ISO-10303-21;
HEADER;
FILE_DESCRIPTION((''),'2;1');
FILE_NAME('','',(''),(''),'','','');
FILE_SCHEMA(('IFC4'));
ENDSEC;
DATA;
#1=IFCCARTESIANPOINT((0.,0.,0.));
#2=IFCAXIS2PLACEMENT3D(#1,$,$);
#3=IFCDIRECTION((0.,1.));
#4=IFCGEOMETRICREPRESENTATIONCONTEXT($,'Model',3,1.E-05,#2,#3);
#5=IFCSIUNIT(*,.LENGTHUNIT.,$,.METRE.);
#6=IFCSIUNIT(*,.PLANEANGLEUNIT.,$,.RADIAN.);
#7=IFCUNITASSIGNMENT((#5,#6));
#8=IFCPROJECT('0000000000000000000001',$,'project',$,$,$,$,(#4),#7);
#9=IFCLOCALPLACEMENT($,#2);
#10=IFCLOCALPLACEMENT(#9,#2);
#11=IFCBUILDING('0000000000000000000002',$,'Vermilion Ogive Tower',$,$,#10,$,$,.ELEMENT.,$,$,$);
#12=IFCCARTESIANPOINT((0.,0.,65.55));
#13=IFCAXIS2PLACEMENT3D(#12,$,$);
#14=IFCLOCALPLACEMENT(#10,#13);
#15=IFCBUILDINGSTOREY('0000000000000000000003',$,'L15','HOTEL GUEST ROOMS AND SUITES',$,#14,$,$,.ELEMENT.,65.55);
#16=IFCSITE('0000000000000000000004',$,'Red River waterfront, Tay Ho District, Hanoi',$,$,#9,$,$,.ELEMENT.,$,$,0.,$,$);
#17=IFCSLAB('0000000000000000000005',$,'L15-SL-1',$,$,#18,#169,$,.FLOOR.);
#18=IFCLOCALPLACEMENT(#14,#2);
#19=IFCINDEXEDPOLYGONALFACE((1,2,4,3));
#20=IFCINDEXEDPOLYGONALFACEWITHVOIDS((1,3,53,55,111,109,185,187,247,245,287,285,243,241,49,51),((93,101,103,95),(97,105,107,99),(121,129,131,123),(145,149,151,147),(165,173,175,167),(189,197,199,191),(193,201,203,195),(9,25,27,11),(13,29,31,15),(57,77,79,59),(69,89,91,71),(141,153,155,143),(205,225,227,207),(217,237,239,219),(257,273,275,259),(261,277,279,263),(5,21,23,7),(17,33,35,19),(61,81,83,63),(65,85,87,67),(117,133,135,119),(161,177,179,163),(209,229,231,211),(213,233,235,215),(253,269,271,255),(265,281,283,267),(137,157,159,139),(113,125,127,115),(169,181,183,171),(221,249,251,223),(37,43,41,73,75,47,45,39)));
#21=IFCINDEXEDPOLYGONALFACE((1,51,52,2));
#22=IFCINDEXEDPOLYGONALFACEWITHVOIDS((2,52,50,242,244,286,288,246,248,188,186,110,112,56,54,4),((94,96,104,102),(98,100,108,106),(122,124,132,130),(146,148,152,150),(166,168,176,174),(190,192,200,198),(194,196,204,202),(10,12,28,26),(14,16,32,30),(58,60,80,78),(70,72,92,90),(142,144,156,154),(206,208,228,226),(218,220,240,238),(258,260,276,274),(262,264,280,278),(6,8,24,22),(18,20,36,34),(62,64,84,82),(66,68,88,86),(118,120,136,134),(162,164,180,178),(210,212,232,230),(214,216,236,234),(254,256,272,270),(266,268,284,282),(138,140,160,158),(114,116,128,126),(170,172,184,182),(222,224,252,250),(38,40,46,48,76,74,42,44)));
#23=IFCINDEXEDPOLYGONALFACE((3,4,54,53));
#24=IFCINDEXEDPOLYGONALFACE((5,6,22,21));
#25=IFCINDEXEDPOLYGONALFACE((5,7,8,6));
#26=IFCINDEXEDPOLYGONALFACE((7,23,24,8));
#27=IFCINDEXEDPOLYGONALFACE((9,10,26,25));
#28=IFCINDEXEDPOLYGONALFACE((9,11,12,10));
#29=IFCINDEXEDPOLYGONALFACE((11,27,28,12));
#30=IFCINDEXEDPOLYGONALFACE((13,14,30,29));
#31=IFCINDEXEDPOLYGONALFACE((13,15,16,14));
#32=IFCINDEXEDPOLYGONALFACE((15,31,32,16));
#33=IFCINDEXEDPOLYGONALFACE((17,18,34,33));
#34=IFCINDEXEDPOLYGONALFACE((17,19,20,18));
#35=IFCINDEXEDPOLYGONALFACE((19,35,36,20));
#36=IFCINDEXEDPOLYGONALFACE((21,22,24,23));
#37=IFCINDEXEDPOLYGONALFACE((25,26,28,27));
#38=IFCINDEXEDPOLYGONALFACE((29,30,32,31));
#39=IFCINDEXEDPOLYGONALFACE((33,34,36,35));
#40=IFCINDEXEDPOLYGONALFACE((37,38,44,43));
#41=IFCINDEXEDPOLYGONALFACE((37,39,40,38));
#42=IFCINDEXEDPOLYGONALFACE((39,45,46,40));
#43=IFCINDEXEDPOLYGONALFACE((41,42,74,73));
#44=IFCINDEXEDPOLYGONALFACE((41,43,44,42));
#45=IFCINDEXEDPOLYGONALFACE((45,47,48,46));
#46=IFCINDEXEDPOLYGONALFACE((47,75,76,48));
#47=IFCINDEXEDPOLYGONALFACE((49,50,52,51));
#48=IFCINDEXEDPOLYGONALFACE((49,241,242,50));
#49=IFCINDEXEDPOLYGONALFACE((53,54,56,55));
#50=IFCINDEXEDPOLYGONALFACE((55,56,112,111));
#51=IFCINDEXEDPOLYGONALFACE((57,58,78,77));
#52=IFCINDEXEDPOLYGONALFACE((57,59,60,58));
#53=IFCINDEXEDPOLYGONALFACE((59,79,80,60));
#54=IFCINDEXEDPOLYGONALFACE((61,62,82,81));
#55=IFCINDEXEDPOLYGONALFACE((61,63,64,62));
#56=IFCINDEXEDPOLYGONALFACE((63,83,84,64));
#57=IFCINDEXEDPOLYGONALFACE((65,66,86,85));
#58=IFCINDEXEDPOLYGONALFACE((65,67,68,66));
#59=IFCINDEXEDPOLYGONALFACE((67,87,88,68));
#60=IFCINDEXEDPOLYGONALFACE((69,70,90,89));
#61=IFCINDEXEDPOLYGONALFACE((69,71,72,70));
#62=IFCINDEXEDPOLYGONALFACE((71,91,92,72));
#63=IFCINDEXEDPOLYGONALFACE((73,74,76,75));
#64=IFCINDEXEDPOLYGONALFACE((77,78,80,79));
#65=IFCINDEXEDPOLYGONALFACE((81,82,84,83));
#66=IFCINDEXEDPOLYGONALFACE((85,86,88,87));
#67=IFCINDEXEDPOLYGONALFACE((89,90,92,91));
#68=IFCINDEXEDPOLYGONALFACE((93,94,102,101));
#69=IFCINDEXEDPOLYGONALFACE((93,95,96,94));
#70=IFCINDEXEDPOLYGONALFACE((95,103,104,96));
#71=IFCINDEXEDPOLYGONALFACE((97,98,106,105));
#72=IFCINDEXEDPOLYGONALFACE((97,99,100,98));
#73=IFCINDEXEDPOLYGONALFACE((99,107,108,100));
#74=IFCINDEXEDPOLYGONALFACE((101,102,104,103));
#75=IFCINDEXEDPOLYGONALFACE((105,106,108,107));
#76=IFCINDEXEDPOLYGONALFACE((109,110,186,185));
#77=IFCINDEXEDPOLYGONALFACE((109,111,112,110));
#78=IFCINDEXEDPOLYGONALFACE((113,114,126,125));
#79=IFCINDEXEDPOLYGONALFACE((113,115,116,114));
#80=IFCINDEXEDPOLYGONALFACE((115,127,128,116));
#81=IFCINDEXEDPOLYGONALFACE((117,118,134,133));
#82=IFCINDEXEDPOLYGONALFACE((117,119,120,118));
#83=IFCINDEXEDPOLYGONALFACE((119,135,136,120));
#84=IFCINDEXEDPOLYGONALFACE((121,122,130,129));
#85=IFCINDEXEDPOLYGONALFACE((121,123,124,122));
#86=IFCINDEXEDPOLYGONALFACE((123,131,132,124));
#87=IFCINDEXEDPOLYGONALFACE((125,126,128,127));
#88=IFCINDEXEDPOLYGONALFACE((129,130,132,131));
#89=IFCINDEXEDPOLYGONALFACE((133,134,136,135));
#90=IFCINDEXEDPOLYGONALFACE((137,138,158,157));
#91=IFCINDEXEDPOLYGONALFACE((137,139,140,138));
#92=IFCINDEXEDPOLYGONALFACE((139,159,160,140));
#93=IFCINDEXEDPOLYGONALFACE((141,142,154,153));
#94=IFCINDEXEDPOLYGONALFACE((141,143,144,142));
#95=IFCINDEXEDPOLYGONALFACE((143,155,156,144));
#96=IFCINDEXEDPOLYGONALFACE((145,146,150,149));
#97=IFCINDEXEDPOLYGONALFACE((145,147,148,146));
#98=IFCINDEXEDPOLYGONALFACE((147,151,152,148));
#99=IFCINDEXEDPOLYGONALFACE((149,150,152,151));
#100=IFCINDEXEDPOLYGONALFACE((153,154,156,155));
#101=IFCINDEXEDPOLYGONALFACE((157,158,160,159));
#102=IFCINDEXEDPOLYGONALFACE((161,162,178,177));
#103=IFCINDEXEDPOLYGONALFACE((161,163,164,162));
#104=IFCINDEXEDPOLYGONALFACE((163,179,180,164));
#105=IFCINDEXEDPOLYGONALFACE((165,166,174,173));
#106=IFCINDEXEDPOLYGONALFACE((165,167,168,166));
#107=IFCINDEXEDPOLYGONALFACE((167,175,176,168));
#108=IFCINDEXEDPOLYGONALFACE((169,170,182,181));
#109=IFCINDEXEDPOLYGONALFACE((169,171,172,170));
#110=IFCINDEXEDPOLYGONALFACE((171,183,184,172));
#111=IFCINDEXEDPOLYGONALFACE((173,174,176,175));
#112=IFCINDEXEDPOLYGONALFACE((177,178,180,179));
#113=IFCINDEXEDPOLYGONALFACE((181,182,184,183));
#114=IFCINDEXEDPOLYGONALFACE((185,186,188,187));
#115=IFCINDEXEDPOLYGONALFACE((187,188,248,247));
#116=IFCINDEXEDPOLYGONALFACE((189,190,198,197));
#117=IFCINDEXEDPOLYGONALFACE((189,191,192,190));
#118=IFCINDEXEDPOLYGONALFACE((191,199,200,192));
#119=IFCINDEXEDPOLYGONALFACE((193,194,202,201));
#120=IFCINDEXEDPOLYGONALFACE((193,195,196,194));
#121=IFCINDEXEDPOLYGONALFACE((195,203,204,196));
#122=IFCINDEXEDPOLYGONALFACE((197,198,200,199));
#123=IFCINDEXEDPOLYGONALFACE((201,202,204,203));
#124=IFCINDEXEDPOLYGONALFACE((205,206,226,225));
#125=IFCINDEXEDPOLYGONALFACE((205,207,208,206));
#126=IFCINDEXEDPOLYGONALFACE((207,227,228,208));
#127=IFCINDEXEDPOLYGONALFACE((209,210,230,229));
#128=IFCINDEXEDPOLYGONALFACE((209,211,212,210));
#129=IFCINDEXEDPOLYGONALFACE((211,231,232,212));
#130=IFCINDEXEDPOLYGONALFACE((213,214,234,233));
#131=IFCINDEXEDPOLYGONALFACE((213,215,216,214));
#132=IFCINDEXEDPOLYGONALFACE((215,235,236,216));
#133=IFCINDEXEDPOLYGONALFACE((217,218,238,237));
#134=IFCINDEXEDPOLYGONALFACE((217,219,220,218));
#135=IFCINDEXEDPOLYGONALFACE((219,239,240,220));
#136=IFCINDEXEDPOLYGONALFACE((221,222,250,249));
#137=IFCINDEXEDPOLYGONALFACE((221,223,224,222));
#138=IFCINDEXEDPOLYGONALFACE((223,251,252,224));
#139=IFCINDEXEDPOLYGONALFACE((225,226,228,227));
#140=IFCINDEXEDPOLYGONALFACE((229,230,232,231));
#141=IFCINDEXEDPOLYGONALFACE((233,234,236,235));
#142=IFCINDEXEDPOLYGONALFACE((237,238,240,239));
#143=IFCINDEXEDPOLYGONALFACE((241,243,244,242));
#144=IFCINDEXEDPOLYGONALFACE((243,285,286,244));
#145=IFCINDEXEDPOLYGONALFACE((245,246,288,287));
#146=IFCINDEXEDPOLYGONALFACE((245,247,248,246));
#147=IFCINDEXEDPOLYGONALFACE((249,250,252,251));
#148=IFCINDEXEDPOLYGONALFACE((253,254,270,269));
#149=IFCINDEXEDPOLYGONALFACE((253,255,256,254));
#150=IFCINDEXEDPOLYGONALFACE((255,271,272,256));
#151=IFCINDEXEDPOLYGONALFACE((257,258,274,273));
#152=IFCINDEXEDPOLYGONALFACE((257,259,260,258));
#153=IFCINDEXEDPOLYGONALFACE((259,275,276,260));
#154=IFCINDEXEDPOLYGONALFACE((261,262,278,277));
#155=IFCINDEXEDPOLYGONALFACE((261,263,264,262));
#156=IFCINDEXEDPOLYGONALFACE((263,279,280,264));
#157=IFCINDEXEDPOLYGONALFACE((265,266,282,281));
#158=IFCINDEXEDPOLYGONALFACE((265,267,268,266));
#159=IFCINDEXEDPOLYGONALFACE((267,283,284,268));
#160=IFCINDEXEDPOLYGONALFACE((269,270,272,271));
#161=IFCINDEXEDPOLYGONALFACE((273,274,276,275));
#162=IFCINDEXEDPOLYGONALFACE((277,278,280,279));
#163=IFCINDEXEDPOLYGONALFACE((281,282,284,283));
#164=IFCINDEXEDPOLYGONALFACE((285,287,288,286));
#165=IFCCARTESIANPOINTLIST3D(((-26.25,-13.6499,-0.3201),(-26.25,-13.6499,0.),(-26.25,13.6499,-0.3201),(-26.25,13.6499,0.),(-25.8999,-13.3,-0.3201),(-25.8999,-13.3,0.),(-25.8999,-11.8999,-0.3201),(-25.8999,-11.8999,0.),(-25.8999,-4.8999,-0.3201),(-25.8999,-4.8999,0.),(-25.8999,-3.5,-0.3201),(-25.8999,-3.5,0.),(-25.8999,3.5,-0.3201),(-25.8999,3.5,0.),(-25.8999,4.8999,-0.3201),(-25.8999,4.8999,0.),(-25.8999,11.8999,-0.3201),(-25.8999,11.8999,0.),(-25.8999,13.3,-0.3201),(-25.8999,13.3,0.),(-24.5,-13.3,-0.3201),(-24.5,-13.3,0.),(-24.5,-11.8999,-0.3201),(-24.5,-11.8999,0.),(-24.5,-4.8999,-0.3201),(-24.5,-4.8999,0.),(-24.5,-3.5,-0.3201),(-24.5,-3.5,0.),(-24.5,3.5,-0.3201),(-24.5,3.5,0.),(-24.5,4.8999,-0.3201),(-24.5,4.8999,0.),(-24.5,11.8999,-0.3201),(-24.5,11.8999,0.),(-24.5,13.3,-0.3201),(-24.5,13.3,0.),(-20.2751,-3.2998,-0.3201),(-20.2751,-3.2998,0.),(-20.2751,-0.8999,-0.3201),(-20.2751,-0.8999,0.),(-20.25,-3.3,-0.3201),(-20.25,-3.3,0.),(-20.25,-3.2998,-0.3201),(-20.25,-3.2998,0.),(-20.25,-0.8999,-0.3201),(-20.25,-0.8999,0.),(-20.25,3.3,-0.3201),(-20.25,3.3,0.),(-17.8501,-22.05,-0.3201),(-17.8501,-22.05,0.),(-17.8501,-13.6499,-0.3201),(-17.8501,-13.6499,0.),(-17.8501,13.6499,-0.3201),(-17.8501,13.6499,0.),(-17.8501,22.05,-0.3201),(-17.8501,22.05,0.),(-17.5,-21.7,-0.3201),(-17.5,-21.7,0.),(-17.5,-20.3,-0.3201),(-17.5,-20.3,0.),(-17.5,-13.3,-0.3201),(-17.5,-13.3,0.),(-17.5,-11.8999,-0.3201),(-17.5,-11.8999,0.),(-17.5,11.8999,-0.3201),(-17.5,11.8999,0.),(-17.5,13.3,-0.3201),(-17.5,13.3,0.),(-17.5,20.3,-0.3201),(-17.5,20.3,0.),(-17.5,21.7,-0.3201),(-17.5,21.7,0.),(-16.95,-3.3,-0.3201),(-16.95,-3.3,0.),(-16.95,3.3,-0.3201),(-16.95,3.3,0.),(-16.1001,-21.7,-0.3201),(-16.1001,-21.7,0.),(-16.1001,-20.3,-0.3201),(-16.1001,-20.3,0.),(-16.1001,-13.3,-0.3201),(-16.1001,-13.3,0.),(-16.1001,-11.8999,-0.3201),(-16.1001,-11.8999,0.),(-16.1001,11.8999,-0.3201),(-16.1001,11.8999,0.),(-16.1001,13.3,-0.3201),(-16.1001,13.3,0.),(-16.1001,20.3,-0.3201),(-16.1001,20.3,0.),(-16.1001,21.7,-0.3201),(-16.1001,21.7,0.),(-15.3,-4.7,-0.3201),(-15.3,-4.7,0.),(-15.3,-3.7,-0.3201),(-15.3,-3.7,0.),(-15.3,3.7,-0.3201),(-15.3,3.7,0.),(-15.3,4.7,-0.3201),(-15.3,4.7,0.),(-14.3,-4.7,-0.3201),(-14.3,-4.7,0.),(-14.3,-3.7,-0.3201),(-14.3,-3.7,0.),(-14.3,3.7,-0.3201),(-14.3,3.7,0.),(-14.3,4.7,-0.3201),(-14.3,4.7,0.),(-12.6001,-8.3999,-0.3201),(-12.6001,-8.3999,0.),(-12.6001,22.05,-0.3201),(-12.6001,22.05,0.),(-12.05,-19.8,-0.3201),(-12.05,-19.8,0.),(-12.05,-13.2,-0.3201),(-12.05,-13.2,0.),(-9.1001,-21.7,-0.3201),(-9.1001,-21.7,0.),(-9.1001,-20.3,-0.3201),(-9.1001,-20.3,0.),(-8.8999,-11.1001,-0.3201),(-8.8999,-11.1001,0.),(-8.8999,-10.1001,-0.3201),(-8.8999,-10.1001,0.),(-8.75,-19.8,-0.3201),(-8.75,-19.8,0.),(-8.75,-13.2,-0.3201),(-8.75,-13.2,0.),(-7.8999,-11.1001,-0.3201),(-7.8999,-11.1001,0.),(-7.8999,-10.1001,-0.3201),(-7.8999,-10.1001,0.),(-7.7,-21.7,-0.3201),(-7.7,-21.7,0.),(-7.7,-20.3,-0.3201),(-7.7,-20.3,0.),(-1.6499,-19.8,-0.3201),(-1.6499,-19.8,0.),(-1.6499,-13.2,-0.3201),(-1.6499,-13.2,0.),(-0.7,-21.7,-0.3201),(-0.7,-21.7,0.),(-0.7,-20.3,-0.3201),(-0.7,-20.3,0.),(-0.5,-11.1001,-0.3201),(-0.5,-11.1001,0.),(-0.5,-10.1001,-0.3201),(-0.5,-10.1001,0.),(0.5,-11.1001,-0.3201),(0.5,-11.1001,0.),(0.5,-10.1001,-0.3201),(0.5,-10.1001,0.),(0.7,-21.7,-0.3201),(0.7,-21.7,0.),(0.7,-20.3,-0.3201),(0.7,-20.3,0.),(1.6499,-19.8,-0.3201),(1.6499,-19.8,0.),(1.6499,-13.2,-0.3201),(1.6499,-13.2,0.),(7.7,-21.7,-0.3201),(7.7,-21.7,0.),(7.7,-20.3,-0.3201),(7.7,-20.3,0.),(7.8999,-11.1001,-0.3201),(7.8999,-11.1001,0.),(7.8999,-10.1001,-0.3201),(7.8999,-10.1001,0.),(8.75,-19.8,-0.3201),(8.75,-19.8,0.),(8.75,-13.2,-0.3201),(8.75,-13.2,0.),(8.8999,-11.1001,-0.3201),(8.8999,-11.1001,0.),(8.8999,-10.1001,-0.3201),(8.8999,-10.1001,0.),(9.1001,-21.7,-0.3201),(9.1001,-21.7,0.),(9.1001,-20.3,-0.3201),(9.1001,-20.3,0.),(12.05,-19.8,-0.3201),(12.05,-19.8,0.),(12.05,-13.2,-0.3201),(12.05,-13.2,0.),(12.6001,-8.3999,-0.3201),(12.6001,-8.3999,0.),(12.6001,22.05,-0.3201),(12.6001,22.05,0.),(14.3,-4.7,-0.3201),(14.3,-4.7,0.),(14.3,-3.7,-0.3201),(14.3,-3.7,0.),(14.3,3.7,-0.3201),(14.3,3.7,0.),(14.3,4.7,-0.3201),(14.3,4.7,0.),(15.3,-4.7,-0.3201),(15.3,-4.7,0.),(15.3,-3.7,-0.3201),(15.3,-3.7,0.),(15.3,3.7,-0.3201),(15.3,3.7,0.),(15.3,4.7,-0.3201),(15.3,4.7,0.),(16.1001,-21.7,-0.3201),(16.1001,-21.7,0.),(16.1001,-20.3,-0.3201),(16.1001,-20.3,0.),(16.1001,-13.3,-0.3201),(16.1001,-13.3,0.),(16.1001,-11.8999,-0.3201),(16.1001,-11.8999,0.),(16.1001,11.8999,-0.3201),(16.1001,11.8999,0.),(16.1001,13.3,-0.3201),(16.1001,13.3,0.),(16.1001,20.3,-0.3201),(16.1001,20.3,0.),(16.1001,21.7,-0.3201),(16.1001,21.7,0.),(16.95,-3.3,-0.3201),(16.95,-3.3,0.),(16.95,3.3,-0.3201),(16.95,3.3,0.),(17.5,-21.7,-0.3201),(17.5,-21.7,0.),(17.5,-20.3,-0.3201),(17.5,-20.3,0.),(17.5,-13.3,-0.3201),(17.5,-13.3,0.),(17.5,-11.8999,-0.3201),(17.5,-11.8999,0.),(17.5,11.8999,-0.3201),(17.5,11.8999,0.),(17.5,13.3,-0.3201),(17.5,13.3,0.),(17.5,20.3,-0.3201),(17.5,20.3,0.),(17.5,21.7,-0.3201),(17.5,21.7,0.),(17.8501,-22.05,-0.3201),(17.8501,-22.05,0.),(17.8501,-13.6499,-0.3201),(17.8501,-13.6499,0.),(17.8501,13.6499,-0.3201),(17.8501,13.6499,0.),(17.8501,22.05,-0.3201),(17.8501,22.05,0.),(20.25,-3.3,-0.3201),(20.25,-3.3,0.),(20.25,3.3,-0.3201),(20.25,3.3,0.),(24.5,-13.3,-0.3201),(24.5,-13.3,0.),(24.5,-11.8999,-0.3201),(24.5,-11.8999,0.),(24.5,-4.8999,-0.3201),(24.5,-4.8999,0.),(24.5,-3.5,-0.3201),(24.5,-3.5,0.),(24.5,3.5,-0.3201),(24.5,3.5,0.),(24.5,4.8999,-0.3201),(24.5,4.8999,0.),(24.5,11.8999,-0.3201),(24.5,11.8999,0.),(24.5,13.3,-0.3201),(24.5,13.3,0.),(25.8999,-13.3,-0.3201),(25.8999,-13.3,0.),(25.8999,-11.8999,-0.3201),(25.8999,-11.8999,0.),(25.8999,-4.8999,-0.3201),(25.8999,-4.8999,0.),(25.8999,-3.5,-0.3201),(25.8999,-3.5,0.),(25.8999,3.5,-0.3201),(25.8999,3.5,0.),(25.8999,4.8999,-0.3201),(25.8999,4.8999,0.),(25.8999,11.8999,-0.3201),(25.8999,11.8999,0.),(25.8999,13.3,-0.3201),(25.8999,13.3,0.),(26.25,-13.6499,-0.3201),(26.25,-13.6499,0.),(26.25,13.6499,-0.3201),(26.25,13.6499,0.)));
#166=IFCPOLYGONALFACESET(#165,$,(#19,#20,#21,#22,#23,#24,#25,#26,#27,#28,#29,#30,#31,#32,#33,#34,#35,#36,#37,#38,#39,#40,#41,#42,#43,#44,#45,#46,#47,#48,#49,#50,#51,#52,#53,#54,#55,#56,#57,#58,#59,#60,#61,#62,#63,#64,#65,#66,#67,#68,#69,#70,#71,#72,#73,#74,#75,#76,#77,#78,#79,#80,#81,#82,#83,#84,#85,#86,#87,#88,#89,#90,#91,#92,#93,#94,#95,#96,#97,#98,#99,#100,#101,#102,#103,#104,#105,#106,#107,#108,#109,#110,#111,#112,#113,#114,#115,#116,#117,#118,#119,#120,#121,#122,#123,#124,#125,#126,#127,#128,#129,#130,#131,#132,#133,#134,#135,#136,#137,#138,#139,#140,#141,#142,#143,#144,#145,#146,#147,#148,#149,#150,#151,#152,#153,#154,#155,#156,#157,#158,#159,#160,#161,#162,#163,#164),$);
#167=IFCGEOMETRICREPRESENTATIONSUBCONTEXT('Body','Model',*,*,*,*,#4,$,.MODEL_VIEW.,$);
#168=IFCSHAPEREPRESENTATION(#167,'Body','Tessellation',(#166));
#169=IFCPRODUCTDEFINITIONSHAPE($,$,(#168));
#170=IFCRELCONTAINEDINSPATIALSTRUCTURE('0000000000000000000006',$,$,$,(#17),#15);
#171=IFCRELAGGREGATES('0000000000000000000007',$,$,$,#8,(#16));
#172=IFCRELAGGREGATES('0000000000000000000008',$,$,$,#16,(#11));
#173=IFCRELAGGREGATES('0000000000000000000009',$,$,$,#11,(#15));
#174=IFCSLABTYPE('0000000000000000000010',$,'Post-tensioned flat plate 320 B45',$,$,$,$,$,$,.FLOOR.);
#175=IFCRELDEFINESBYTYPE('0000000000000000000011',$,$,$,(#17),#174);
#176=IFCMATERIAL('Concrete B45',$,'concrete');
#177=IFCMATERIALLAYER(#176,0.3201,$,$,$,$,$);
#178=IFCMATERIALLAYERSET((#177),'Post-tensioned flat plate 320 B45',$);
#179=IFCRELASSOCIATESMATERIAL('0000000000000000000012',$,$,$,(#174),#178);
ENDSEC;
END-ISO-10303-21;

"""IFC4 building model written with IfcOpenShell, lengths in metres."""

from ifc_helpers import new_model, si_unit, direction, frame, origin, place, context, subcontext, project, spatial, polyline, outline, extrude, material, layer, layer_set, type_object, element, save


model = new_model("IFC4")

# Units and contexts
model_context = context("Model", 3, precision=1e-05, world=origin(), true_north=direction((0.0, 1.0)))
body_context = subcontext(model_context, "Body", "Model", "MODEL_VIEW")
ifc_project = project(units=[si_unit("LENGTHUNIT", "METRE"), si_unit("PLANEANGLEUNIT", "RADIAN")], contexts=[model_context])

# Site, building, storey
site_placement = place(None, origin())
site = spatial("IfcSite", under=ifc_project, at=site_placement, Name="Red River waterfront, Tay Ho District, Hanoi", CompositionType="ELEMENT", RefElevation=0.0)
building_placement = place(site_placement, origin())
building = spatial("IfcBuilding", under=site, at=building_placement, Name="Vermilion Ogive Tower", CompositionType="ELEMENT")
storey_placement = place(building_placement, frame((0.0, 0.0, 65.55)))
storey = spatial("IfcBuildingStorey", under=building, at=storey_placement, Name="L15", Description="HOTEL GUEST ROOMS AND SUITES", CompositionType="ELEMENT", Elevation=65.55)

# Slab
ifc_material_1 = material(Name="Concrete B45", Category="concrete")
ifc_layer_1 = layer(ifc_material_1, 0.3201)
ifc_layer_set_1 = layer_set([ifc_layer_1], Name="Post-tensioned flat plate 320 B45")
slab_type_1 = type_object("IfcSlabType", Name="Post-tensioned flat plate 320 B45", PredefinedType="FLOOR", material=ifc_layer_set_1)
slab_1_placement = place(storey_placement, frame((0.0, 0.0, -0.3201)))
element("IfcSlab", 1, at=slab_1_placement, inside=storey, type_object=slab_type_1, Name="L15-SL-1", PredefinedType="FLOOR", context=body_context, shape_type="SweptSolid", body=[
    extrude(outline(polyline([(-26.25, -13.6499), (-17.8501, -13.6499), (-17.8501, -22.05), (17.8501, -22.05), (17.8501, -13.6499), (26.25, -13.6499), (26.25, 13.6499), (17.8501, 13.6499), (17.8501, 22.05), (12.6001, 22.05), (12.6001, -8.3999), (-12.6001, -8.3999), (-12.6001, 22.05), (-17.8501, 22.05), (-17.8501, 13.6499), (-26.25, 13.6499), (-26.25, -13.6499)]), holes=[polyline([(25.8999, -3.5), (25.8999, -4.8999), (24.5, -4.8999), (24.5, -3.5), (25.8999, -3.5)]), polyline([(25.8999, -11.8999), (25.8999, -13.3), (24.5, -13.3), (24.5, -11.8999), (25.8999, -11.8999)]), polyline([(25.8999, 11.8999), (24.5, 11.8999), (24.5, 13.3), (25.8999, 13.3), (25.8999, 11.8999)]), polyline([(25.8999, 3.5), (24.5, 3.5), (24.5, 4.8999), (25.8999, 4.8999), (25.8999, 3.5)]), polyline([(20.25, 3.3), (20.25, -3.3), (16.95, -3.3), (16.95, 3.3), (20.25, 3.3)]), polyline([(17.5, -11.8999), (17.5, -13.3), (16.1001, -13.3), (16.1001, -11.8999), (17.5, -11.8999)]), polyline([(17.5, 20.3), (16.1001, 20.3), (16.1001, 21.7), (17.5, 21.7), (17.5, 20.3)]), polyline([(17.5, -20.3), (17.5, -21.7), (16.1001, -21.7), (16.1001, -20.3), (17.5, -20.3)]), polyline([(17.5, 13.3), (17.5, 11.8999), (16.1001, 11.8999), (16.1001, 13.3), (17.5, 13.3)]), polyline([(15.3, 4.7), (15.3, 3.7), (14.3, 3.7), (14.3, 4.7), (15.3, 4.7)]), polyline([(15.3, -4.7), (14.3, -4.7), (14.3, -3.7), (15.3, -3.7), (15.3, -4.7)]), polyline([(12.05, -13.2), (12.05, -19.8), (8.75, -19.8), (8.75, -13.2), (12.05, -13.2)]), polyline([(9.1001, -20.3), (9.1001, -21.7), (7.7, -21.7), (7.7, -20.3), (9.1001, -20.3)]), polyline([(8.8999, -11.1001), (7.8999, -11.1001), (7.8999, -10.1001), (8.8999, -10.1001), (8.8999, -11.1001)]), polyline([(1.6499, -13.2), (1.6499, -19.8), (-1.6499, -19.8), (-1.6499, -13.2), (1.6499, -13.2)]), polyline([(0.7, -20.3), (0.7, -21.7), (-0.7, -21.7), (-0.7, -20.3), (0.7, -20.3)]), polyline([(0.5, -10.1001), (0.5, -11.1001), (-0.5, -11.1001), (-0.5, -10.1001), (0.5, -10.1001)]), polyline([(-7.7, -20.3), (-7.7, -21.7), (-9.1001, -21.7), (-9.1001, -20.3), (-7.7, -20.3)]), polyline([(-7.8999, -10.1001), (-7.8999, -11.1001), (-8.8999, -11.1001), (-8.8999, -10.1001), (-7.8999, -10.1001)]), polyline([(-8.75, -13.2), (-8.75, -19.8), (-12.05, -19.8), (-12.05, -13.2), (-8.75, -13.2)]), polyline([(-14.3, 4.7), (-14.3, 3.7), (-15.3, 3.7), (-15.3, 4.7), (-14.3, 4.7)]), polyline([(-14.3, -4.7), (-15.3, -4.7), (-15.3, -3.7), (-14.3, -3.7), (-14.3, -4.7)]), polyline([(-16.1001, 13.3), (-16.1001, 11.8999), (-17.5, 11.8999), (-17.5, 13.3), (-16.1001, 13.3)]), polyline([(-16.1001, -11.8999), (-16.1001, -13.3), (-17.5, -13.3), (-17.5, -11.8999), (-16.1001, -11.8999)]), polyline([(-16.1001, -20.3), (-16.1001, -21.7), (-17.5, -21.7), (-17.5, -20.3), (-16.1001, -20.3)]), polyline([(-16.1001, 20.3), (-17.5, 20.3), (-17.5, 21.7), (-16.1001, 21.7), (-16.1001, 20.3)]), polyline([(-16.95, 3.3), (-16.95, -3.3), (-20.25, -3.3), (-20.25, -3.2998), (-20.2751, -3.2998), (-20.2751, -0.8999), (-20.25, -0.8999), (-20.25, 3.3), (-16.95, 3.3)]), polyline([(-24.5, 3.5), (-25.8999, 3.5), (-25.8999, 4.8999), (-24.5, 4.8999), (-24.5, 3.5)]), polyline([(-24.5, 13.3), (-24.5, 11.8999), (-25.8999, 11.8999), (-25.8999, 13.3), (-24.5, 13.3)]), polyline([(-24.5, -3.5), (-24.5, -4.8999), (-25.8999, -4.8999), (-25.8999, -3.5), (-24.5, -3.5)]), polyline([(-24.5, -11.8999), (-24.5, -13.3), (-25.8999, -13.3), (-25.8999, -11.8999), (-24.5, -11.8999)])]), origin(), (0.0, 0.0, 1.0), 0.3201),
])

save(model, "model.ifc")
